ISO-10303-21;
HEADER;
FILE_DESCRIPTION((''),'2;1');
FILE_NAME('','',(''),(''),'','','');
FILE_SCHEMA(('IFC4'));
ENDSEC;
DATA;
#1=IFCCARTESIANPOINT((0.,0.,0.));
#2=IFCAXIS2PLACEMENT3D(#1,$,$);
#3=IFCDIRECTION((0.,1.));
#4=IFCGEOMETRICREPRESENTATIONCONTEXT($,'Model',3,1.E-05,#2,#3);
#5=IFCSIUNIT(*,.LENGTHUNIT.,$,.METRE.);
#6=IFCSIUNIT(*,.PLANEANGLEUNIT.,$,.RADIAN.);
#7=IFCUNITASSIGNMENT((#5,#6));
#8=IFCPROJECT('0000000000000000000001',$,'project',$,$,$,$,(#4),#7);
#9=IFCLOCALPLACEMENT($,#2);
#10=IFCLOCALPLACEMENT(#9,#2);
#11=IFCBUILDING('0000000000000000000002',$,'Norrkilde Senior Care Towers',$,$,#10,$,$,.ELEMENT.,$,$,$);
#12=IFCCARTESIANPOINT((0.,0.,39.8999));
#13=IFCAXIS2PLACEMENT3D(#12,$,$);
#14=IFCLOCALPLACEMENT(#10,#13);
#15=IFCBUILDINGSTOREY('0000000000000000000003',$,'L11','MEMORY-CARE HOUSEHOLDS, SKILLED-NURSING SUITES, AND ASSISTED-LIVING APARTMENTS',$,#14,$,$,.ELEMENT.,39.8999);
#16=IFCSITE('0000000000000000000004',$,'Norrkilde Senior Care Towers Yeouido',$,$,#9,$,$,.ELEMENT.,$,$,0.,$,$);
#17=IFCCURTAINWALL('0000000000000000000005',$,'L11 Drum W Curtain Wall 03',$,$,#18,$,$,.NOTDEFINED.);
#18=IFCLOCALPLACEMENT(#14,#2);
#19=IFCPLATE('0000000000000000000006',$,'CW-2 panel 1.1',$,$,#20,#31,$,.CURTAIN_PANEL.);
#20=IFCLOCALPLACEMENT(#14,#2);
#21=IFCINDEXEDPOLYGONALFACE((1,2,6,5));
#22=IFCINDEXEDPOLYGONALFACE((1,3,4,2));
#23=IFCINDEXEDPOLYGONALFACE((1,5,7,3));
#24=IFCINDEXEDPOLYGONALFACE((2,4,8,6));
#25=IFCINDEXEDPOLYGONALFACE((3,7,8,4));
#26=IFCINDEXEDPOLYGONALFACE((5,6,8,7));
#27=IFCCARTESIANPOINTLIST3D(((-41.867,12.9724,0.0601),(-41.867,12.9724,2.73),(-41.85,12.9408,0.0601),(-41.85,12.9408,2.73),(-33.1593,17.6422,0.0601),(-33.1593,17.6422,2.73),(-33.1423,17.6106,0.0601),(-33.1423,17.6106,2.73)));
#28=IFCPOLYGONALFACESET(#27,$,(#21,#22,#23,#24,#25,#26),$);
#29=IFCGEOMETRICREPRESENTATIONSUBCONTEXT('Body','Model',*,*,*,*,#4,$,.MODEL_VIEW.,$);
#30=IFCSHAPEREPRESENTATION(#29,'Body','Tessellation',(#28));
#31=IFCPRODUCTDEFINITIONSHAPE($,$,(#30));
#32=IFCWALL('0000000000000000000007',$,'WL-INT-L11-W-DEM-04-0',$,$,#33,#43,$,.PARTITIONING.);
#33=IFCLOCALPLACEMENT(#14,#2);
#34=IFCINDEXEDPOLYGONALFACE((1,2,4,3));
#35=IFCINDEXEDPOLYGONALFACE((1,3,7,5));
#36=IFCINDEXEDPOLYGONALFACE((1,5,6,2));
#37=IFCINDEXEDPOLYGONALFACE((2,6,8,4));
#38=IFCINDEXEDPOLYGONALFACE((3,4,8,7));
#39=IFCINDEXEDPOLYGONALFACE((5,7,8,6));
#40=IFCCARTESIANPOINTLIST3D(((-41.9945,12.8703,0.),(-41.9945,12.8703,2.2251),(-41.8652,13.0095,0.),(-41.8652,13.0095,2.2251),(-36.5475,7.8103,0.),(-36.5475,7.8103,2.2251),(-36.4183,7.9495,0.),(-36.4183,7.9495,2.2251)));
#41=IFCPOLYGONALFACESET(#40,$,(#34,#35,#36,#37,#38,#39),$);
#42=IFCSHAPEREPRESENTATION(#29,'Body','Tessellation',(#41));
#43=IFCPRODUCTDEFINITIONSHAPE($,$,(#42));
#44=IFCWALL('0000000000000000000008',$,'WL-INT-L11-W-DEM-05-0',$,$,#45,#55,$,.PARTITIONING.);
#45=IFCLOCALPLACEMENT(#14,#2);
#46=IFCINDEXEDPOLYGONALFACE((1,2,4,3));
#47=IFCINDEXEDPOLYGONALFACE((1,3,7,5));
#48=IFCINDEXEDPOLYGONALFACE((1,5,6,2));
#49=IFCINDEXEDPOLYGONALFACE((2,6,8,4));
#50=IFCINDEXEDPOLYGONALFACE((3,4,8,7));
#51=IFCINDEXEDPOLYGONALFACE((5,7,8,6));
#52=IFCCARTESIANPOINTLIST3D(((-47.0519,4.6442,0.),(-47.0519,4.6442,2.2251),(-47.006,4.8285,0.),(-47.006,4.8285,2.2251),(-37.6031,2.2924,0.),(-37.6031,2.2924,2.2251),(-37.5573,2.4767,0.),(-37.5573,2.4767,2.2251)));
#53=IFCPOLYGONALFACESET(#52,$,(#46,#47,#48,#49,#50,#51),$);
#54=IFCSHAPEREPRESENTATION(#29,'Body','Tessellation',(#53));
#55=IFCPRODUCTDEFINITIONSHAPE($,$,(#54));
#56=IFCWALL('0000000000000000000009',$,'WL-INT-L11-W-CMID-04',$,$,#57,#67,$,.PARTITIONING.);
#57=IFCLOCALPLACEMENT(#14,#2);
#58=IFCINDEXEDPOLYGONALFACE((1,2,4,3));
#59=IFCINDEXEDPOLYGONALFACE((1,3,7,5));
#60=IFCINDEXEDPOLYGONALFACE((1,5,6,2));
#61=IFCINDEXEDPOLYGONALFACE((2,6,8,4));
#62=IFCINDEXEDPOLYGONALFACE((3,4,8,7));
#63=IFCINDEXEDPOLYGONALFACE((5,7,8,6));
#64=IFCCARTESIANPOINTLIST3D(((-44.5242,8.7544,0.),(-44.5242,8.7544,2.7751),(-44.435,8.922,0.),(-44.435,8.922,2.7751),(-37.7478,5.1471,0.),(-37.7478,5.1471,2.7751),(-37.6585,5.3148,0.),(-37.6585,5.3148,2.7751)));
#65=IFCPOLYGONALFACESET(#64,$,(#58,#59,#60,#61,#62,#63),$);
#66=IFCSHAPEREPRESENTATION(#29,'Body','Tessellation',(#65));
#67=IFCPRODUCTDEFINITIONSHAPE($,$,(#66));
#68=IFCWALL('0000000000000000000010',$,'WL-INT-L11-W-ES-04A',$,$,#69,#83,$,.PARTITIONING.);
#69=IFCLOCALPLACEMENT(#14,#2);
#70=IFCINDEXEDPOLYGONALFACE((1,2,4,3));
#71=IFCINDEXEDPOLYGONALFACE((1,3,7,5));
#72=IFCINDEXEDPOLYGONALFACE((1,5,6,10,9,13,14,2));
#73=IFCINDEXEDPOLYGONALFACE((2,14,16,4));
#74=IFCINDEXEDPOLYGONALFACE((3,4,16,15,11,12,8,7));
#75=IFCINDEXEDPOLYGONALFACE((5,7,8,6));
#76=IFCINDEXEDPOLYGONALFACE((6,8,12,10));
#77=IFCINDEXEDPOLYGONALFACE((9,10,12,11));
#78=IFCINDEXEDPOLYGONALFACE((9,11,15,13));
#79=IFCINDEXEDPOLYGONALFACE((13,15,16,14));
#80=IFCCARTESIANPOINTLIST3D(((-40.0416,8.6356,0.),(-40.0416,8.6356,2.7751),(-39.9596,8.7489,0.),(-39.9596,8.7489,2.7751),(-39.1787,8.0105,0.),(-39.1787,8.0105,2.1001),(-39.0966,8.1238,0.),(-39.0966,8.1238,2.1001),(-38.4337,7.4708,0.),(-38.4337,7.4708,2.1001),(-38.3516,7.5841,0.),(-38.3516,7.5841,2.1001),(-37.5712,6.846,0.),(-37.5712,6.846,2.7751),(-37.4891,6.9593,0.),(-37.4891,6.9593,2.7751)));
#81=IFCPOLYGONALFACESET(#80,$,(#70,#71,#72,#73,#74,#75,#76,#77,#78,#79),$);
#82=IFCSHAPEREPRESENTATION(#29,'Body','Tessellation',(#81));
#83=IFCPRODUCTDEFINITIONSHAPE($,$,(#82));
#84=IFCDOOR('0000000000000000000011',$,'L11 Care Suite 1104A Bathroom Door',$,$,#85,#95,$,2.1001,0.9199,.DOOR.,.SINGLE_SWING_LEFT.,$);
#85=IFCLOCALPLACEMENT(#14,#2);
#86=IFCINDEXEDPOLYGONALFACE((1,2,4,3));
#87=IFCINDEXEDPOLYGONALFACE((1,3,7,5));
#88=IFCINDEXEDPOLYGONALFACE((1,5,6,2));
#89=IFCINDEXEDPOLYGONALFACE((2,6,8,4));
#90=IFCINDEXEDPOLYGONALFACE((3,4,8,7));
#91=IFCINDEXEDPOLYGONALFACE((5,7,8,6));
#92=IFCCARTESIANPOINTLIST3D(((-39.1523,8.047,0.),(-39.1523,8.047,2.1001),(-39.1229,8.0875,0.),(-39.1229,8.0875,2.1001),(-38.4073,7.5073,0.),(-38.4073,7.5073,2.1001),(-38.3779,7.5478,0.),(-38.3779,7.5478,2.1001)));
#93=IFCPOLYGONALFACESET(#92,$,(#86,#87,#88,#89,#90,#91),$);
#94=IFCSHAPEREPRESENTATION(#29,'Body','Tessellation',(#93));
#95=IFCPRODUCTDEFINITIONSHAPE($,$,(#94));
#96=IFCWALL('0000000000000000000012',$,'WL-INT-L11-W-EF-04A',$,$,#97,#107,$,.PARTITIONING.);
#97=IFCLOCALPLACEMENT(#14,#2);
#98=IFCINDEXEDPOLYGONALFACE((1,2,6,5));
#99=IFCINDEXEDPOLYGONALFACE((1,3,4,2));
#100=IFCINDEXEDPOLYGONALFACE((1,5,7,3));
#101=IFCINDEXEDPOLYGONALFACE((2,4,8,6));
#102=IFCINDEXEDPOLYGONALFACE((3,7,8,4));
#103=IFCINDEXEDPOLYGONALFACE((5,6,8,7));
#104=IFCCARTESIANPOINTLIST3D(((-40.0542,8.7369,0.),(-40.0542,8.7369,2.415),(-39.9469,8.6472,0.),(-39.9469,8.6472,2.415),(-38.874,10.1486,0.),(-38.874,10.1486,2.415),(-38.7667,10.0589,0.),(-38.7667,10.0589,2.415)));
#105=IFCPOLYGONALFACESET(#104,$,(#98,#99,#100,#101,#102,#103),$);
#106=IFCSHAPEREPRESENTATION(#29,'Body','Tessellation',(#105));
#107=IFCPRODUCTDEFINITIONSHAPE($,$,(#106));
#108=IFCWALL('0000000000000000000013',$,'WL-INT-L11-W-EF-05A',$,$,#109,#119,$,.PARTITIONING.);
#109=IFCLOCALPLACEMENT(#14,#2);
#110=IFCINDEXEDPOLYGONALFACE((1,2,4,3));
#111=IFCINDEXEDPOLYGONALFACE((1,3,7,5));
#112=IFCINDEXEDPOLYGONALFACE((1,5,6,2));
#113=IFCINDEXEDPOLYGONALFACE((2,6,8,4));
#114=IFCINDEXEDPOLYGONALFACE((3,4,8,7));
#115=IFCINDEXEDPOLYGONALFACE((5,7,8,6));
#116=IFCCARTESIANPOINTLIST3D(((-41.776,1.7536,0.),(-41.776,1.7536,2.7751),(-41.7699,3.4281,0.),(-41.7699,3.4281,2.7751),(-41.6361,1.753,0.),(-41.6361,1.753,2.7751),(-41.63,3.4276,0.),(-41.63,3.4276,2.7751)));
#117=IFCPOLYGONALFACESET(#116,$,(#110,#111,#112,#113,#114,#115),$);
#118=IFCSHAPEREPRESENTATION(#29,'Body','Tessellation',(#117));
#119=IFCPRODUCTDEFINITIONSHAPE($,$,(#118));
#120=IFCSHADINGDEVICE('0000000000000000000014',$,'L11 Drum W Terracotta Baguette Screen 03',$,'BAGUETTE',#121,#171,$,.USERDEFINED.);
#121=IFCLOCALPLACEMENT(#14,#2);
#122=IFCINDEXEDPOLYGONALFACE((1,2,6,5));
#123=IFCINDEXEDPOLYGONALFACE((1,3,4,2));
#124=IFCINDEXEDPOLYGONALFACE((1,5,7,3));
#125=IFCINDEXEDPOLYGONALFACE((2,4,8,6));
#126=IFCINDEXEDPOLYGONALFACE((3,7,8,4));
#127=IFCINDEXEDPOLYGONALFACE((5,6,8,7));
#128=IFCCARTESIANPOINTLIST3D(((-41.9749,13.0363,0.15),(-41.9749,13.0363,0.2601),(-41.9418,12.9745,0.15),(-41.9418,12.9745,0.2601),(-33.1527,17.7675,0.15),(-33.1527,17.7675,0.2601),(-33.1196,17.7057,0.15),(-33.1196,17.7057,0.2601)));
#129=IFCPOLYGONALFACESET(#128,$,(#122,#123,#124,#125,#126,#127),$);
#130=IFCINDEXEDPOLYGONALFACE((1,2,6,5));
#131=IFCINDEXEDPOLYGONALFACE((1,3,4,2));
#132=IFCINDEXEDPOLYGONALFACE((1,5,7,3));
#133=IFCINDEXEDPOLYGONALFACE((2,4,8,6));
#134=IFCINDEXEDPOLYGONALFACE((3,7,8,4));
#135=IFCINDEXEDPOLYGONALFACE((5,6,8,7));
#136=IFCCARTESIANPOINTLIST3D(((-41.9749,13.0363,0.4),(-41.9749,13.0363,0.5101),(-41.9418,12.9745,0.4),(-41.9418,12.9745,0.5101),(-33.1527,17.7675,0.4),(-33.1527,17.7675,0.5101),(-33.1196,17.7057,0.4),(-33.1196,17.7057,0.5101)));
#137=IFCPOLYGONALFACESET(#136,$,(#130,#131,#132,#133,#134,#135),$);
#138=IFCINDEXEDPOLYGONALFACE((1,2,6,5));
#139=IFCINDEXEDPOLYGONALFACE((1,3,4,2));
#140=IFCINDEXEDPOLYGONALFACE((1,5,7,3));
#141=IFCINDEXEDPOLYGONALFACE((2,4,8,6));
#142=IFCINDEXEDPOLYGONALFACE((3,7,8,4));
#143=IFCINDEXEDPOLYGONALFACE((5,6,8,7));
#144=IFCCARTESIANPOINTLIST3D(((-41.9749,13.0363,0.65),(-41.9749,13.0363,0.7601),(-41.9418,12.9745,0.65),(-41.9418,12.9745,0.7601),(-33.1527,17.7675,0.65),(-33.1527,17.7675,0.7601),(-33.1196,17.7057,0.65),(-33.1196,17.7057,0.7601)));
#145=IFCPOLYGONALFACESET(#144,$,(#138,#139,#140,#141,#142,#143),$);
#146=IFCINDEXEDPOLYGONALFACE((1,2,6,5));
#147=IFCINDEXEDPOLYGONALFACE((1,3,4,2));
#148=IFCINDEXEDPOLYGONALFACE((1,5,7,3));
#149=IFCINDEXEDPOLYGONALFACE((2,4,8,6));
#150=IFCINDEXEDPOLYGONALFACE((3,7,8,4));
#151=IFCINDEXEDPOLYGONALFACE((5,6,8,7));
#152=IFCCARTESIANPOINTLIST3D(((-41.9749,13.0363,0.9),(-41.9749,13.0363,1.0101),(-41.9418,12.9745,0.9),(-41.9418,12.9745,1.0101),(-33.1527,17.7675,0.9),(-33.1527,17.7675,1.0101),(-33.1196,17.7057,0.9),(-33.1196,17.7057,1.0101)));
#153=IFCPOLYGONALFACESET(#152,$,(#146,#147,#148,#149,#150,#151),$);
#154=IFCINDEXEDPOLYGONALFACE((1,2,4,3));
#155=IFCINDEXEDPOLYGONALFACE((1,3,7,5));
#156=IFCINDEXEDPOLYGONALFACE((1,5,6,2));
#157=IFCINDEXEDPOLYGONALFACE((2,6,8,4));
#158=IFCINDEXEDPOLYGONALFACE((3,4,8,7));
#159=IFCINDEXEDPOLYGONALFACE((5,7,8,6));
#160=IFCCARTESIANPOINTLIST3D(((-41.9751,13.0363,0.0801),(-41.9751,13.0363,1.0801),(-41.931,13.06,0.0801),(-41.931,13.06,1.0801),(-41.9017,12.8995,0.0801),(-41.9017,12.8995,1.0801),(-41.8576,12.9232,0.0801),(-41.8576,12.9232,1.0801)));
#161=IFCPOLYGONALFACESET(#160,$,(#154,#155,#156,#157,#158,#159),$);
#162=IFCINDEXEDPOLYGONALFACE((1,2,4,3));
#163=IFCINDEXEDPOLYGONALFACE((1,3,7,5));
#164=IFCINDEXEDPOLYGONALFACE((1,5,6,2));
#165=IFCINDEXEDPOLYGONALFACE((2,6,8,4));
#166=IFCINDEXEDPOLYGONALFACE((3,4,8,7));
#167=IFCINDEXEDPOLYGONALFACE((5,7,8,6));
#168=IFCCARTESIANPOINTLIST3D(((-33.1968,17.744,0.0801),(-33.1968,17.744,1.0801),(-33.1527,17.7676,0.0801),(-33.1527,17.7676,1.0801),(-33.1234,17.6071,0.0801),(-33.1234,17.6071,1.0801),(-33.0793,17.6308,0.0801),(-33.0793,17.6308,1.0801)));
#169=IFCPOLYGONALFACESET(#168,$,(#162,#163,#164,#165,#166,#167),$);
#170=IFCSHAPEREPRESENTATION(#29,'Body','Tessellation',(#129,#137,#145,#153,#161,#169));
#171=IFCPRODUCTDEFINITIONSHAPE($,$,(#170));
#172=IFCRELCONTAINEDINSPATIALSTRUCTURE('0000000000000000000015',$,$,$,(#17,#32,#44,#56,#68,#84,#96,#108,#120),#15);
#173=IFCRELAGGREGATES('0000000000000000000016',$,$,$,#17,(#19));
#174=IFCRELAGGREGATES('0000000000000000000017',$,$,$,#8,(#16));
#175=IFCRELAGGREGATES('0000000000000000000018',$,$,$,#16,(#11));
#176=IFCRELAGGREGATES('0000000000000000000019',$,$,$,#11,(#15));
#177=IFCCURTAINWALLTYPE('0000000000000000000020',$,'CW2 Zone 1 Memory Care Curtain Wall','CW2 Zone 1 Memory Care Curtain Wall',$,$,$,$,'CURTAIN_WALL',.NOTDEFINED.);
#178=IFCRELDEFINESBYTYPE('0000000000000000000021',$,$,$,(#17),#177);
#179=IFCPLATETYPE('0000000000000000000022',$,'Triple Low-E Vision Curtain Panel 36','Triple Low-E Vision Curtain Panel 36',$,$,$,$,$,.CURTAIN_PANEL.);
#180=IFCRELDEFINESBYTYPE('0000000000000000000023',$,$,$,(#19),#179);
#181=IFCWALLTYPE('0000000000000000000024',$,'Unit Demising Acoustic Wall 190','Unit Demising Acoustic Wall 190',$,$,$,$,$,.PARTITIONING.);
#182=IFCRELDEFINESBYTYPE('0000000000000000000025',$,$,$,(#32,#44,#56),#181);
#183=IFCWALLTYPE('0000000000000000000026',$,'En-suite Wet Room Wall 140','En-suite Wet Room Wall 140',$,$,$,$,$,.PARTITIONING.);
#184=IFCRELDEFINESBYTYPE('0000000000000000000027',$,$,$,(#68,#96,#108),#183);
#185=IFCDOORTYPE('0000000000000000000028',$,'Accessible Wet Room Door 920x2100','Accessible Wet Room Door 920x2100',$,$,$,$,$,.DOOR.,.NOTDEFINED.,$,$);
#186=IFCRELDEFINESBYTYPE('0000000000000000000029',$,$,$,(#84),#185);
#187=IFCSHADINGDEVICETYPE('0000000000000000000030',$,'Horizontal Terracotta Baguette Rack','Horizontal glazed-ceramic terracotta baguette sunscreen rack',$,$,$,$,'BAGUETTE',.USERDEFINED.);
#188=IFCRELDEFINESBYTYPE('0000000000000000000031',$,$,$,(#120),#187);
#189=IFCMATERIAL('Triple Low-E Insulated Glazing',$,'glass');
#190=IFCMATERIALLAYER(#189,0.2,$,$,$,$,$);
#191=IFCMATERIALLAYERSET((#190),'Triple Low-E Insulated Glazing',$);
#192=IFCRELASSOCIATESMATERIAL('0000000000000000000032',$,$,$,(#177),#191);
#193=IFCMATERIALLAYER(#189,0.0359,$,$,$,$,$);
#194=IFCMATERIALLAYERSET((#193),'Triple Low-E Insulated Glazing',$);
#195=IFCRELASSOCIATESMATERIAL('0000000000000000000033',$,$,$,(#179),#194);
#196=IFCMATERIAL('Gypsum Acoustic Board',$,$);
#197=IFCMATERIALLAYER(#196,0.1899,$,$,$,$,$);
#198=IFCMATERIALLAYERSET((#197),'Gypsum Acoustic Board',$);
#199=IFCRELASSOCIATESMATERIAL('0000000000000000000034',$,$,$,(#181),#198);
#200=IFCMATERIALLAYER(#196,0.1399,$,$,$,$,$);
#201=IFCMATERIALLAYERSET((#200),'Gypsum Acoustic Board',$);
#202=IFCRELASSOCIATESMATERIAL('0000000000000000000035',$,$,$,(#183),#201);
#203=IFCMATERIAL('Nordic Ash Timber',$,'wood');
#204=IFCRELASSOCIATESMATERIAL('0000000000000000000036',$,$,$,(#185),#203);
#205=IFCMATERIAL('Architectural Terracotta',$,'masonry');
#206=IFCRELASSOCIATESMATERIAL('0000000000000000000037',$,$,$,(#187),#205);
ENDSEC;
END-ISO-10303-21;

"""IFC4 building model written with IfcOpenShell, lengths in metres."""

from ifc_helpers import new_model, si_unit, direction, frame, frame_2d, origin, origin_2d, place, context, subcontext, project, spatial, rectangle, extrude, source, transform, mapped, material, layer, layer_set, type_object, type_shapes, element, fill, aggregate, save


model = new_model("IFC4")

# Units and contexts
model_context = context("Model", 3, precision=1e-05, world=origin(), true_north=direction((0.0, 1.0)))
body_context = subcontext(model_context, "Body", "Model", "MODEL_VIEW")
ifc_project = project(units=[si_unit("LENGTHUNIT", "METRE"), si_unit("PLANEANGLEUNIT", "RADIAN")], contexts=[model_context])

# Site, building, storey
site_placement = place(None, origin())
site = spatial("IfcSite", under=ifc_project, at=site_placement, Name="Norrkilde Senior Care Towers Yeouido", CompositionType="ELEMENT", RefElevation=0.0)
building_placement = place(site_placement, origin())
building = spatial("IfcBuilding", under=site, at=building_placement, Name="Norrkilde Senior Care Towers", CompositionType="ELEMENT")
storey_placement = place(building_placement, frame((0.0, 0.0, 39.8999)))
storey = spatial("IfcBuildingStorey", under=building, at=storey_placement, Name="L11", Description="MEMORY-CARE HOUSEHOLDS, SKILLED-NURSING SUITES, AND ASSISTED-LIVING APARTMENTS", CompositionType="ELEMENT", Elevation=39.8999)

# Curtain wall
ifc_material_1 = material(Name="Triple Low-E Insulated Glazing", Category="glass")
ifc_layer_1 = layer(ifc_material_1, 0.2)
ifc_layer_set_1 = layer_set([ifc_layer_1], Name="Triple Low-E Insulated Glazing")
curtain_wall_type = type_object("IfcCurtainWallType", Name="CW2 Zone 1 Memory Care Curtain Wall", Description="CW2 Zone 1 Memory Care Curtain Wall", ElementType="CURTAIN_WALL", PredefinedType="NOTDEFINED", material=ifc_layer_set_1)
curtain_wall_1_placement = place(storey_placement, origin())
curtain_wall_1 = element("IfcCurtainWall", 1, at=curtain_wall_1_placement, inside=storey, type_object=curtain_wall_type, Name="L11 Drum W Curtain Wall 03", PredefinedType="NOTDEFINED")

# Plate
ifc_layer_2 = layer(ifc_material_1, 0.0359)
ifc_layer_set_2 = layer_set([ifc_layer_2], Name="Triple Low-E Insulated Glazing")
plate_type = type_object("IfcPlateType", Name="Triple Low-E Vision Curtain Panel 36", Description="Triple Low-E Vision Curtain Panel 36", PredefinedType="CURTAIN_PANEL", material=ifc_layer_set_2)
shared_shape_1 = source(origin(), body_context, "Body", "SweptSolid", [
    extrude(rectangle(XDim=9.8809, YDim=0.0359, at=origin_2d()), origin(), (0.0, 0.0, 1.0), 2.6699),
])
plate_1_placement = place(storey_placement, frame((-37.5046, 15.2915, 0.0601), z_axis=(0.0, 0.0, 1.0), x_axis=(0.881273, 0.472608, 0.0)))
plate_1 = element("IfcPlate", 2, at=plate_1_placement, type_object=plate_type, Name="CW-2 panel 1.1", PredefinedType="CURTAIN_PANEL", context=body_context, shape_type="MappedRepresentation", body=[
    mapped(shared_shape_1, transform((0.0, 0.0, 0.0), x_axis=(1.0, 0.0, 0.0), y_axis=(0.0, 1.0, 0.0), z_axis=(0.0, 0.0, 1.0), scale=1.0)),
])
aggregate(curtain_wall_1, [plate_1])

# Shared definitions
ifc_material_2 = material(Name="Gypsum Acoustic Board")
ifc_material_3 = material(Name="Nordic Ash Timber", Category="wood")

# Walls
ifc_layer_3 = layer(ifc_material_2, 0.1899)
ifc_layer_set_3 = layer_set([ifc_layer_3], Name="Gypsum Acoustic Board")
wall_type_1 = type_object("IfcWallType", Name="Unit Demising Acoustic Wall 190", Description="Unit Demising Acoustic Wall 190", PredefinedType="PARTITIONING", material=ifc_layer_set_3)
shared_shape_2 = source(origin(), body_context, "Body", "SweptSolid", [
    extrude(rectangle(XDim=7.4346, YDim=0.1899, at=frame_2d((3.7173, 0.0))), origin(), (0.0, 0.0, 1.0), 2.2251),
])
wall_1_placement = place(storey_placement, frame((-36.4829, 7.8799, 0.0), z_axis=(0.0, 0.0, 1.0), x_axis=(-0.732652, 0.680603, 0.0)))
element("IfcWall", 3, at=wall_1_placement, inside=storey, type_object=wall_type_1, Name="WL-INT-L11-W-DEM-04-0", PredefinedType="PARTITIONING", context=body_context, shape_type="MappedRepresentation", body=[
    mapped(shared_shape_2, transform((0.0, 0.0, 0.0), x_axis=(1.0, 0.0, 0.0), y_axis=(0.0, 1.0, 0.0), z_axis=(0.0, 0.0, 1.0), scale=1.0)),
])
shared_shape_3 = source(origin(), body_context, "Body", "SweptSolid", [
    extrude(rectangle(XDim=9.7371, YDim=0.1899, at=frame_2d((4.8687, 0.0))), origin(), (0.0, 0.0, 1.0), 2.2251),
])
wall_2_placement = place(storey_placement, frame((-37.5801, 2.3845, 0.0), z_axis=(0.0, 0.0, 1.0), x_axis=(-0.970393, 0.241533, 0.0)))
element("IfcWall", 4, at=wall_2_placement, inside=storey, type_object=wall_type_1, Name="WL-INT-L11-W-DEM-05-0", PredefinedType="PARTITIONING", context=body_context, shape_type="MappedRepresentation", body=[
    mapped(shared_shape_3, transform((0.0, 0.0, 0.0), x_axis=(1.0, 0.0, 0.0), y_axis=(0.0, 1.0, 0.0), z_axis=(0.0, 0.0, 1.0), scale=1.0)),
])
shared_shape_4 = source(origin(), body_context, "Body", "SweptSolid", [
    extrude(rectangle(XDim=7.6768, YDim=0.1899, at=frame_2d((3.8384, 0.0))), origin(), (0.0, 0.0, 1.0), 2.7751),
])
type_shapes(wall_type_1, [shared_shape_2, shared_shape_3, shared_shape_4])
wall_3_placement = place(storey_placement, frame((-37.7031, 5.231, 0.0), z_axis=(0.0, 0.0, 1.0), x_axis=(-0.882725, 0.46989, 0.0)))
element("IfcWall", 5, at=wall_3_placement, inside=storey, type_object=wall_type_1, Name="WL-INT-L11-W-CMID-04", PredefinedType="PARTITIONING", context=body_context, shape_type="MappedRepresentation", body=[
    mapped(shared_shape_4, transform((0.0, 0.0, 0.0), x_axis=(1.0, 0.0, 0.0), y_axis=(0.0, 1.0, 0.0), z_axis=(0.0, 0.0, 1.0), scale=1.0)),
])

# Wall, opening, door
ifc_layer_4 = layer(ifc_material_2, 0.1399)
ifc_layer_set_4 = layer_set([ifc_layer_4], Name="Gypsum Acoustic Board")
wall_type_2 = type_object("IfcWallType", Name="En-suite Wet Room Wall 140", Description="En-suite Wet Room Wall 140", PredefinedType="PARTITIONING", material=ifc_layer_set_4)
shared_shape_5 = source(origin(), body_context, "Body", "SweptSolid", [
    extrude(rectangle(XDim=3.0505, YDim=0.1399, at=frame_2d((1.5254, 0.0))), origin(), (0.0, 0.0, 1.0), 2.7751),
])
wall_4_placement = place(storey_placement, frame((-37.53, 6.9026, 0.0), z_axis=(0.0, 0.0, 1.0), x_axis=(-0.809849, 0.586638, 0.0)))
wall_4 = element("IfcWall", 6, at=wall_4_placement, inside=storey, type_object=wall_type_2, Name="WL-INT-L11-W-ES-04A", PredefinedType="PARTITIONING", context=body_context, shape_type="MappedRepresentation", body=[
    mapped(shared_shape_5, transform((0.0, 0.0, 0.0), x_axis=(1.0, 0.0, 0.0), y_axis=(0.0, 1.0, 0.0), z_axis=(0.0, 0.0, 1.0), scale=1.0)),
])
opening_1_placement = place(wall_4_placement, frame((1.0652, 0.0, 0.0)))
opening_1 = element("IfcOpeningElement", 7, at=opening_1_placement, cuts=wall_4, PredefinedType="OPENING", context=body_context, shape_type="SweptSolid", body=[
    extrude(rectangle(XDim=0.9199, YDim=2.1001, at=frame_2d((0.46, 1.05))), frame((0.0, 0.0798, 0.0), z_axis=(0.0, -1.0, 0.0), x_axis=(1.0, 0.0, 0.0)), (0.0, 0.0, 1.0), 0.1599),
])
door_type_1 = type_object("IfcDoorType", Name="Accessible Wet Room Door 920x2100", Description="Accessible Wet Room Door 920x2100", OperationType="NOTDEFINED", PredefinedType="DOOR", material=ifc_material_3)
shared_shape_6 = source(origin(), body_context, "Body", "SweptSolid", [
    extrude(rectangle(XDim=0.9199, YDim=2.1001, at=frame_2d((0.46, 1.05))), frame((0.0, 0.0249, 0.0), z_axis=(0.0, -1.0, 0.0), x_axis=(1.0, 0.0, 0.0)), (0.0, 0.0, 1.0), 0.05),
])
type_shapes(door_type_1, [shared_shape_6])
door_1_placement = place(opening_1_placement, origin())
door_1 = element("IfcDoor", 8, at=door_1_placement, inside=storey, type_object=door_type_1, Name="L11 Care Suite 1104A Bathroom Door", OperationType="SINGLE_SWING_LEFT", OverallHeight=2.1001, OverallWidth=0.9199, PredefinedType="DOOR", context=body_context, shape_type="MappedRepresentation", body=[
    mapped(shared_shape_6, transform((0.0, 0.0, 0.0), x_axis=(1.0, 0.0, 0.0), y_axis=(0.0, 1.0, 0.0), z_axis=(0.0, 0.0, 1.0), scale=1.0)),
])
fill(opening_1, door_1)

# Walls
shared_shape_7 = source(origin(), body_context, "Body", "SweptSolid", [
    extrude(rectangle(XDim=1.8401, YDim=0.1399, at=frame_2d((0.9199, 0.0))), origin(), (0.0, 0.0, 1.0), 2.415),
])
wall_5_placement = place(storey_placement, frame((-40.0005, 8.6921, 0.0), z_axis=(0.0, 0.0, 1.0), x_axis=(0.64141, 0.767198, 0.0)))
element("IfcWall", 9, at=wall_5_placement, inside=storey, type_object=wall_type_2, Name="WL-INT-L11-W-EF-04A", PredefinedType="PARTITIONING", context=body_context, shape_type="MappedRepresentation", body=[
    mapped(shared_shape_7, transform((0.0, 0.0, 0.0), x_axis=(1.0, 0.0, 0.0), y_axis=(0.0, 1.0, 0.0), z_axis=(0.0, 0.0, 1.0), scale=1.0)),
])
shared_shape_8 = source(origin(), body_context, "Body", "SweptSolid", [
    extrude(rectangle(XDim=1.6746, YDim=0.1399, at=frame_2d((0.8374, 0.0))), origin(), (0.0, 0.0, 1.0), 2.7751),
])
type_shapes(wall_type_2, [shared_shape_5, shared_shape_7, shared_shape_8])
wall_6_placement = place(storey_placement, frame((-41.7061, 1.7532, 0.0), z_axis=(0.0, 0.0, 1.0), x_axis=(0.003645, 0.999993, 0.0)))
element("IfcWall", 10, at=wall_6_placement, inside=storey, type_object=wall_type_2, Name="WL-INT-L11-W-EF-05A", PredefinedType="PARTITIONING", context=body_context, shape_type="MappedRepresentation", body=[
    mapped(shared_shape_8, transform((0.0, 0.0, 0.0), x_axis=(1.0, 0.0, 0.0), y_axis=(0.0, 1.0, 0.0), z_axis=(0.0, 0.0, 1.0), scale=1.0)),
])

# Shading device
ifc_material_4 = material(Name="Architectural Terracotta", Category="masonry")
shading_device_type = type_object("IfcShadingDeviceType", Name="Horizontal Terracotta Baguette Rack", Description="Horizontal glazed-ceramic terracotta baguette sunscreen rack", ElementType="BAGUETTE", PredefinedType="USERDEFINED", material=ifc_material_4)
shared_shape_9 = source(origin(), body_context, "Body", "SweptSolid", [
    extrude(rectangle(XDim=0.0701, YDim=0.1101, at=origin_2d()), frame((0.0, 0.0901, 0.125), z_axis=(1.0, 0.0, 0.0), x_axis=(0.0, 1.0, 0.0)), (0.0, 0.0, 1.0), 10.0107),
    extrude(rectangle(XDim=0.0701, YDim=0.1101, at=origin_2d()), frame((0.0, 0.0901, 0.375), z_axis=(1.0, 0.0, 0.0), x_axis=(0.0, 1.0, 0.0)), (0.0, 0.0, 1.0), 10.0107),
    extrude(rectangle(XDim=0.0701, YDim=0.1101, at=origin_2d()), frame((0.0, 0.0901, 0.625), z_axis=(1.0, 0.0, 0.0), x_axis=(0.0, 1.0, 0.0)), (0.0, 0.0, 1.0), 10.0107),
    extrude(rectangle(XDim=0.0701, YDim=0.1101, at=origin_2d()), frame((0.0, 0.0901, 0.875), z_axis=(1.0, 0.0, 0.0), x_axis=(0.0, 1.0, 0.0)), (0.0, 0.0, 1.0), 10.0107),
    extrude(rectangle(XDim=0.05, YDim=0.1553, at=origin_2d()), frame((0.0249, 0.0476, 0.0)), (0.0, 0.0, 1.0), 1.0),
    extrude(rectangle(XDim=0.05, YDim=0.1553, at=origin_2d()), frame((9.9858, 0.0476, 0.0)), (0.0, 0.0, 1.0), 1.0),
])
type_shapes(shading_device_type, [shared_shape_9])
shading_device_placement = place(storey_placement, frame((-41.9158, 12.926, 0.0801), z_axis=(0.0, 0.0, 1.0), x_axis=(0.88128, 0.472612, 0.0)))
element("IfcShadingDevice", 11, at=shading_device_placement, inside=storey, type_object=shading_device_type, Name="L11 Drum W Terracotta Baguette Screen 03", ObjectType="BAGUETTE", PredefinedType="USERDEFINED", context=body_context, shape_type="MappedRepresentation", body=[
    mapped(shared_shape_9, transform((0.0, 0.0, 0.0), x_axis=(1.0, 0.0, 0.0), y_axis=(0.0, 1.0, 0.0), z_axis=(0.0, 0.0, 1.0), scale=1.0)),
])

save(model, "model.ifc")
